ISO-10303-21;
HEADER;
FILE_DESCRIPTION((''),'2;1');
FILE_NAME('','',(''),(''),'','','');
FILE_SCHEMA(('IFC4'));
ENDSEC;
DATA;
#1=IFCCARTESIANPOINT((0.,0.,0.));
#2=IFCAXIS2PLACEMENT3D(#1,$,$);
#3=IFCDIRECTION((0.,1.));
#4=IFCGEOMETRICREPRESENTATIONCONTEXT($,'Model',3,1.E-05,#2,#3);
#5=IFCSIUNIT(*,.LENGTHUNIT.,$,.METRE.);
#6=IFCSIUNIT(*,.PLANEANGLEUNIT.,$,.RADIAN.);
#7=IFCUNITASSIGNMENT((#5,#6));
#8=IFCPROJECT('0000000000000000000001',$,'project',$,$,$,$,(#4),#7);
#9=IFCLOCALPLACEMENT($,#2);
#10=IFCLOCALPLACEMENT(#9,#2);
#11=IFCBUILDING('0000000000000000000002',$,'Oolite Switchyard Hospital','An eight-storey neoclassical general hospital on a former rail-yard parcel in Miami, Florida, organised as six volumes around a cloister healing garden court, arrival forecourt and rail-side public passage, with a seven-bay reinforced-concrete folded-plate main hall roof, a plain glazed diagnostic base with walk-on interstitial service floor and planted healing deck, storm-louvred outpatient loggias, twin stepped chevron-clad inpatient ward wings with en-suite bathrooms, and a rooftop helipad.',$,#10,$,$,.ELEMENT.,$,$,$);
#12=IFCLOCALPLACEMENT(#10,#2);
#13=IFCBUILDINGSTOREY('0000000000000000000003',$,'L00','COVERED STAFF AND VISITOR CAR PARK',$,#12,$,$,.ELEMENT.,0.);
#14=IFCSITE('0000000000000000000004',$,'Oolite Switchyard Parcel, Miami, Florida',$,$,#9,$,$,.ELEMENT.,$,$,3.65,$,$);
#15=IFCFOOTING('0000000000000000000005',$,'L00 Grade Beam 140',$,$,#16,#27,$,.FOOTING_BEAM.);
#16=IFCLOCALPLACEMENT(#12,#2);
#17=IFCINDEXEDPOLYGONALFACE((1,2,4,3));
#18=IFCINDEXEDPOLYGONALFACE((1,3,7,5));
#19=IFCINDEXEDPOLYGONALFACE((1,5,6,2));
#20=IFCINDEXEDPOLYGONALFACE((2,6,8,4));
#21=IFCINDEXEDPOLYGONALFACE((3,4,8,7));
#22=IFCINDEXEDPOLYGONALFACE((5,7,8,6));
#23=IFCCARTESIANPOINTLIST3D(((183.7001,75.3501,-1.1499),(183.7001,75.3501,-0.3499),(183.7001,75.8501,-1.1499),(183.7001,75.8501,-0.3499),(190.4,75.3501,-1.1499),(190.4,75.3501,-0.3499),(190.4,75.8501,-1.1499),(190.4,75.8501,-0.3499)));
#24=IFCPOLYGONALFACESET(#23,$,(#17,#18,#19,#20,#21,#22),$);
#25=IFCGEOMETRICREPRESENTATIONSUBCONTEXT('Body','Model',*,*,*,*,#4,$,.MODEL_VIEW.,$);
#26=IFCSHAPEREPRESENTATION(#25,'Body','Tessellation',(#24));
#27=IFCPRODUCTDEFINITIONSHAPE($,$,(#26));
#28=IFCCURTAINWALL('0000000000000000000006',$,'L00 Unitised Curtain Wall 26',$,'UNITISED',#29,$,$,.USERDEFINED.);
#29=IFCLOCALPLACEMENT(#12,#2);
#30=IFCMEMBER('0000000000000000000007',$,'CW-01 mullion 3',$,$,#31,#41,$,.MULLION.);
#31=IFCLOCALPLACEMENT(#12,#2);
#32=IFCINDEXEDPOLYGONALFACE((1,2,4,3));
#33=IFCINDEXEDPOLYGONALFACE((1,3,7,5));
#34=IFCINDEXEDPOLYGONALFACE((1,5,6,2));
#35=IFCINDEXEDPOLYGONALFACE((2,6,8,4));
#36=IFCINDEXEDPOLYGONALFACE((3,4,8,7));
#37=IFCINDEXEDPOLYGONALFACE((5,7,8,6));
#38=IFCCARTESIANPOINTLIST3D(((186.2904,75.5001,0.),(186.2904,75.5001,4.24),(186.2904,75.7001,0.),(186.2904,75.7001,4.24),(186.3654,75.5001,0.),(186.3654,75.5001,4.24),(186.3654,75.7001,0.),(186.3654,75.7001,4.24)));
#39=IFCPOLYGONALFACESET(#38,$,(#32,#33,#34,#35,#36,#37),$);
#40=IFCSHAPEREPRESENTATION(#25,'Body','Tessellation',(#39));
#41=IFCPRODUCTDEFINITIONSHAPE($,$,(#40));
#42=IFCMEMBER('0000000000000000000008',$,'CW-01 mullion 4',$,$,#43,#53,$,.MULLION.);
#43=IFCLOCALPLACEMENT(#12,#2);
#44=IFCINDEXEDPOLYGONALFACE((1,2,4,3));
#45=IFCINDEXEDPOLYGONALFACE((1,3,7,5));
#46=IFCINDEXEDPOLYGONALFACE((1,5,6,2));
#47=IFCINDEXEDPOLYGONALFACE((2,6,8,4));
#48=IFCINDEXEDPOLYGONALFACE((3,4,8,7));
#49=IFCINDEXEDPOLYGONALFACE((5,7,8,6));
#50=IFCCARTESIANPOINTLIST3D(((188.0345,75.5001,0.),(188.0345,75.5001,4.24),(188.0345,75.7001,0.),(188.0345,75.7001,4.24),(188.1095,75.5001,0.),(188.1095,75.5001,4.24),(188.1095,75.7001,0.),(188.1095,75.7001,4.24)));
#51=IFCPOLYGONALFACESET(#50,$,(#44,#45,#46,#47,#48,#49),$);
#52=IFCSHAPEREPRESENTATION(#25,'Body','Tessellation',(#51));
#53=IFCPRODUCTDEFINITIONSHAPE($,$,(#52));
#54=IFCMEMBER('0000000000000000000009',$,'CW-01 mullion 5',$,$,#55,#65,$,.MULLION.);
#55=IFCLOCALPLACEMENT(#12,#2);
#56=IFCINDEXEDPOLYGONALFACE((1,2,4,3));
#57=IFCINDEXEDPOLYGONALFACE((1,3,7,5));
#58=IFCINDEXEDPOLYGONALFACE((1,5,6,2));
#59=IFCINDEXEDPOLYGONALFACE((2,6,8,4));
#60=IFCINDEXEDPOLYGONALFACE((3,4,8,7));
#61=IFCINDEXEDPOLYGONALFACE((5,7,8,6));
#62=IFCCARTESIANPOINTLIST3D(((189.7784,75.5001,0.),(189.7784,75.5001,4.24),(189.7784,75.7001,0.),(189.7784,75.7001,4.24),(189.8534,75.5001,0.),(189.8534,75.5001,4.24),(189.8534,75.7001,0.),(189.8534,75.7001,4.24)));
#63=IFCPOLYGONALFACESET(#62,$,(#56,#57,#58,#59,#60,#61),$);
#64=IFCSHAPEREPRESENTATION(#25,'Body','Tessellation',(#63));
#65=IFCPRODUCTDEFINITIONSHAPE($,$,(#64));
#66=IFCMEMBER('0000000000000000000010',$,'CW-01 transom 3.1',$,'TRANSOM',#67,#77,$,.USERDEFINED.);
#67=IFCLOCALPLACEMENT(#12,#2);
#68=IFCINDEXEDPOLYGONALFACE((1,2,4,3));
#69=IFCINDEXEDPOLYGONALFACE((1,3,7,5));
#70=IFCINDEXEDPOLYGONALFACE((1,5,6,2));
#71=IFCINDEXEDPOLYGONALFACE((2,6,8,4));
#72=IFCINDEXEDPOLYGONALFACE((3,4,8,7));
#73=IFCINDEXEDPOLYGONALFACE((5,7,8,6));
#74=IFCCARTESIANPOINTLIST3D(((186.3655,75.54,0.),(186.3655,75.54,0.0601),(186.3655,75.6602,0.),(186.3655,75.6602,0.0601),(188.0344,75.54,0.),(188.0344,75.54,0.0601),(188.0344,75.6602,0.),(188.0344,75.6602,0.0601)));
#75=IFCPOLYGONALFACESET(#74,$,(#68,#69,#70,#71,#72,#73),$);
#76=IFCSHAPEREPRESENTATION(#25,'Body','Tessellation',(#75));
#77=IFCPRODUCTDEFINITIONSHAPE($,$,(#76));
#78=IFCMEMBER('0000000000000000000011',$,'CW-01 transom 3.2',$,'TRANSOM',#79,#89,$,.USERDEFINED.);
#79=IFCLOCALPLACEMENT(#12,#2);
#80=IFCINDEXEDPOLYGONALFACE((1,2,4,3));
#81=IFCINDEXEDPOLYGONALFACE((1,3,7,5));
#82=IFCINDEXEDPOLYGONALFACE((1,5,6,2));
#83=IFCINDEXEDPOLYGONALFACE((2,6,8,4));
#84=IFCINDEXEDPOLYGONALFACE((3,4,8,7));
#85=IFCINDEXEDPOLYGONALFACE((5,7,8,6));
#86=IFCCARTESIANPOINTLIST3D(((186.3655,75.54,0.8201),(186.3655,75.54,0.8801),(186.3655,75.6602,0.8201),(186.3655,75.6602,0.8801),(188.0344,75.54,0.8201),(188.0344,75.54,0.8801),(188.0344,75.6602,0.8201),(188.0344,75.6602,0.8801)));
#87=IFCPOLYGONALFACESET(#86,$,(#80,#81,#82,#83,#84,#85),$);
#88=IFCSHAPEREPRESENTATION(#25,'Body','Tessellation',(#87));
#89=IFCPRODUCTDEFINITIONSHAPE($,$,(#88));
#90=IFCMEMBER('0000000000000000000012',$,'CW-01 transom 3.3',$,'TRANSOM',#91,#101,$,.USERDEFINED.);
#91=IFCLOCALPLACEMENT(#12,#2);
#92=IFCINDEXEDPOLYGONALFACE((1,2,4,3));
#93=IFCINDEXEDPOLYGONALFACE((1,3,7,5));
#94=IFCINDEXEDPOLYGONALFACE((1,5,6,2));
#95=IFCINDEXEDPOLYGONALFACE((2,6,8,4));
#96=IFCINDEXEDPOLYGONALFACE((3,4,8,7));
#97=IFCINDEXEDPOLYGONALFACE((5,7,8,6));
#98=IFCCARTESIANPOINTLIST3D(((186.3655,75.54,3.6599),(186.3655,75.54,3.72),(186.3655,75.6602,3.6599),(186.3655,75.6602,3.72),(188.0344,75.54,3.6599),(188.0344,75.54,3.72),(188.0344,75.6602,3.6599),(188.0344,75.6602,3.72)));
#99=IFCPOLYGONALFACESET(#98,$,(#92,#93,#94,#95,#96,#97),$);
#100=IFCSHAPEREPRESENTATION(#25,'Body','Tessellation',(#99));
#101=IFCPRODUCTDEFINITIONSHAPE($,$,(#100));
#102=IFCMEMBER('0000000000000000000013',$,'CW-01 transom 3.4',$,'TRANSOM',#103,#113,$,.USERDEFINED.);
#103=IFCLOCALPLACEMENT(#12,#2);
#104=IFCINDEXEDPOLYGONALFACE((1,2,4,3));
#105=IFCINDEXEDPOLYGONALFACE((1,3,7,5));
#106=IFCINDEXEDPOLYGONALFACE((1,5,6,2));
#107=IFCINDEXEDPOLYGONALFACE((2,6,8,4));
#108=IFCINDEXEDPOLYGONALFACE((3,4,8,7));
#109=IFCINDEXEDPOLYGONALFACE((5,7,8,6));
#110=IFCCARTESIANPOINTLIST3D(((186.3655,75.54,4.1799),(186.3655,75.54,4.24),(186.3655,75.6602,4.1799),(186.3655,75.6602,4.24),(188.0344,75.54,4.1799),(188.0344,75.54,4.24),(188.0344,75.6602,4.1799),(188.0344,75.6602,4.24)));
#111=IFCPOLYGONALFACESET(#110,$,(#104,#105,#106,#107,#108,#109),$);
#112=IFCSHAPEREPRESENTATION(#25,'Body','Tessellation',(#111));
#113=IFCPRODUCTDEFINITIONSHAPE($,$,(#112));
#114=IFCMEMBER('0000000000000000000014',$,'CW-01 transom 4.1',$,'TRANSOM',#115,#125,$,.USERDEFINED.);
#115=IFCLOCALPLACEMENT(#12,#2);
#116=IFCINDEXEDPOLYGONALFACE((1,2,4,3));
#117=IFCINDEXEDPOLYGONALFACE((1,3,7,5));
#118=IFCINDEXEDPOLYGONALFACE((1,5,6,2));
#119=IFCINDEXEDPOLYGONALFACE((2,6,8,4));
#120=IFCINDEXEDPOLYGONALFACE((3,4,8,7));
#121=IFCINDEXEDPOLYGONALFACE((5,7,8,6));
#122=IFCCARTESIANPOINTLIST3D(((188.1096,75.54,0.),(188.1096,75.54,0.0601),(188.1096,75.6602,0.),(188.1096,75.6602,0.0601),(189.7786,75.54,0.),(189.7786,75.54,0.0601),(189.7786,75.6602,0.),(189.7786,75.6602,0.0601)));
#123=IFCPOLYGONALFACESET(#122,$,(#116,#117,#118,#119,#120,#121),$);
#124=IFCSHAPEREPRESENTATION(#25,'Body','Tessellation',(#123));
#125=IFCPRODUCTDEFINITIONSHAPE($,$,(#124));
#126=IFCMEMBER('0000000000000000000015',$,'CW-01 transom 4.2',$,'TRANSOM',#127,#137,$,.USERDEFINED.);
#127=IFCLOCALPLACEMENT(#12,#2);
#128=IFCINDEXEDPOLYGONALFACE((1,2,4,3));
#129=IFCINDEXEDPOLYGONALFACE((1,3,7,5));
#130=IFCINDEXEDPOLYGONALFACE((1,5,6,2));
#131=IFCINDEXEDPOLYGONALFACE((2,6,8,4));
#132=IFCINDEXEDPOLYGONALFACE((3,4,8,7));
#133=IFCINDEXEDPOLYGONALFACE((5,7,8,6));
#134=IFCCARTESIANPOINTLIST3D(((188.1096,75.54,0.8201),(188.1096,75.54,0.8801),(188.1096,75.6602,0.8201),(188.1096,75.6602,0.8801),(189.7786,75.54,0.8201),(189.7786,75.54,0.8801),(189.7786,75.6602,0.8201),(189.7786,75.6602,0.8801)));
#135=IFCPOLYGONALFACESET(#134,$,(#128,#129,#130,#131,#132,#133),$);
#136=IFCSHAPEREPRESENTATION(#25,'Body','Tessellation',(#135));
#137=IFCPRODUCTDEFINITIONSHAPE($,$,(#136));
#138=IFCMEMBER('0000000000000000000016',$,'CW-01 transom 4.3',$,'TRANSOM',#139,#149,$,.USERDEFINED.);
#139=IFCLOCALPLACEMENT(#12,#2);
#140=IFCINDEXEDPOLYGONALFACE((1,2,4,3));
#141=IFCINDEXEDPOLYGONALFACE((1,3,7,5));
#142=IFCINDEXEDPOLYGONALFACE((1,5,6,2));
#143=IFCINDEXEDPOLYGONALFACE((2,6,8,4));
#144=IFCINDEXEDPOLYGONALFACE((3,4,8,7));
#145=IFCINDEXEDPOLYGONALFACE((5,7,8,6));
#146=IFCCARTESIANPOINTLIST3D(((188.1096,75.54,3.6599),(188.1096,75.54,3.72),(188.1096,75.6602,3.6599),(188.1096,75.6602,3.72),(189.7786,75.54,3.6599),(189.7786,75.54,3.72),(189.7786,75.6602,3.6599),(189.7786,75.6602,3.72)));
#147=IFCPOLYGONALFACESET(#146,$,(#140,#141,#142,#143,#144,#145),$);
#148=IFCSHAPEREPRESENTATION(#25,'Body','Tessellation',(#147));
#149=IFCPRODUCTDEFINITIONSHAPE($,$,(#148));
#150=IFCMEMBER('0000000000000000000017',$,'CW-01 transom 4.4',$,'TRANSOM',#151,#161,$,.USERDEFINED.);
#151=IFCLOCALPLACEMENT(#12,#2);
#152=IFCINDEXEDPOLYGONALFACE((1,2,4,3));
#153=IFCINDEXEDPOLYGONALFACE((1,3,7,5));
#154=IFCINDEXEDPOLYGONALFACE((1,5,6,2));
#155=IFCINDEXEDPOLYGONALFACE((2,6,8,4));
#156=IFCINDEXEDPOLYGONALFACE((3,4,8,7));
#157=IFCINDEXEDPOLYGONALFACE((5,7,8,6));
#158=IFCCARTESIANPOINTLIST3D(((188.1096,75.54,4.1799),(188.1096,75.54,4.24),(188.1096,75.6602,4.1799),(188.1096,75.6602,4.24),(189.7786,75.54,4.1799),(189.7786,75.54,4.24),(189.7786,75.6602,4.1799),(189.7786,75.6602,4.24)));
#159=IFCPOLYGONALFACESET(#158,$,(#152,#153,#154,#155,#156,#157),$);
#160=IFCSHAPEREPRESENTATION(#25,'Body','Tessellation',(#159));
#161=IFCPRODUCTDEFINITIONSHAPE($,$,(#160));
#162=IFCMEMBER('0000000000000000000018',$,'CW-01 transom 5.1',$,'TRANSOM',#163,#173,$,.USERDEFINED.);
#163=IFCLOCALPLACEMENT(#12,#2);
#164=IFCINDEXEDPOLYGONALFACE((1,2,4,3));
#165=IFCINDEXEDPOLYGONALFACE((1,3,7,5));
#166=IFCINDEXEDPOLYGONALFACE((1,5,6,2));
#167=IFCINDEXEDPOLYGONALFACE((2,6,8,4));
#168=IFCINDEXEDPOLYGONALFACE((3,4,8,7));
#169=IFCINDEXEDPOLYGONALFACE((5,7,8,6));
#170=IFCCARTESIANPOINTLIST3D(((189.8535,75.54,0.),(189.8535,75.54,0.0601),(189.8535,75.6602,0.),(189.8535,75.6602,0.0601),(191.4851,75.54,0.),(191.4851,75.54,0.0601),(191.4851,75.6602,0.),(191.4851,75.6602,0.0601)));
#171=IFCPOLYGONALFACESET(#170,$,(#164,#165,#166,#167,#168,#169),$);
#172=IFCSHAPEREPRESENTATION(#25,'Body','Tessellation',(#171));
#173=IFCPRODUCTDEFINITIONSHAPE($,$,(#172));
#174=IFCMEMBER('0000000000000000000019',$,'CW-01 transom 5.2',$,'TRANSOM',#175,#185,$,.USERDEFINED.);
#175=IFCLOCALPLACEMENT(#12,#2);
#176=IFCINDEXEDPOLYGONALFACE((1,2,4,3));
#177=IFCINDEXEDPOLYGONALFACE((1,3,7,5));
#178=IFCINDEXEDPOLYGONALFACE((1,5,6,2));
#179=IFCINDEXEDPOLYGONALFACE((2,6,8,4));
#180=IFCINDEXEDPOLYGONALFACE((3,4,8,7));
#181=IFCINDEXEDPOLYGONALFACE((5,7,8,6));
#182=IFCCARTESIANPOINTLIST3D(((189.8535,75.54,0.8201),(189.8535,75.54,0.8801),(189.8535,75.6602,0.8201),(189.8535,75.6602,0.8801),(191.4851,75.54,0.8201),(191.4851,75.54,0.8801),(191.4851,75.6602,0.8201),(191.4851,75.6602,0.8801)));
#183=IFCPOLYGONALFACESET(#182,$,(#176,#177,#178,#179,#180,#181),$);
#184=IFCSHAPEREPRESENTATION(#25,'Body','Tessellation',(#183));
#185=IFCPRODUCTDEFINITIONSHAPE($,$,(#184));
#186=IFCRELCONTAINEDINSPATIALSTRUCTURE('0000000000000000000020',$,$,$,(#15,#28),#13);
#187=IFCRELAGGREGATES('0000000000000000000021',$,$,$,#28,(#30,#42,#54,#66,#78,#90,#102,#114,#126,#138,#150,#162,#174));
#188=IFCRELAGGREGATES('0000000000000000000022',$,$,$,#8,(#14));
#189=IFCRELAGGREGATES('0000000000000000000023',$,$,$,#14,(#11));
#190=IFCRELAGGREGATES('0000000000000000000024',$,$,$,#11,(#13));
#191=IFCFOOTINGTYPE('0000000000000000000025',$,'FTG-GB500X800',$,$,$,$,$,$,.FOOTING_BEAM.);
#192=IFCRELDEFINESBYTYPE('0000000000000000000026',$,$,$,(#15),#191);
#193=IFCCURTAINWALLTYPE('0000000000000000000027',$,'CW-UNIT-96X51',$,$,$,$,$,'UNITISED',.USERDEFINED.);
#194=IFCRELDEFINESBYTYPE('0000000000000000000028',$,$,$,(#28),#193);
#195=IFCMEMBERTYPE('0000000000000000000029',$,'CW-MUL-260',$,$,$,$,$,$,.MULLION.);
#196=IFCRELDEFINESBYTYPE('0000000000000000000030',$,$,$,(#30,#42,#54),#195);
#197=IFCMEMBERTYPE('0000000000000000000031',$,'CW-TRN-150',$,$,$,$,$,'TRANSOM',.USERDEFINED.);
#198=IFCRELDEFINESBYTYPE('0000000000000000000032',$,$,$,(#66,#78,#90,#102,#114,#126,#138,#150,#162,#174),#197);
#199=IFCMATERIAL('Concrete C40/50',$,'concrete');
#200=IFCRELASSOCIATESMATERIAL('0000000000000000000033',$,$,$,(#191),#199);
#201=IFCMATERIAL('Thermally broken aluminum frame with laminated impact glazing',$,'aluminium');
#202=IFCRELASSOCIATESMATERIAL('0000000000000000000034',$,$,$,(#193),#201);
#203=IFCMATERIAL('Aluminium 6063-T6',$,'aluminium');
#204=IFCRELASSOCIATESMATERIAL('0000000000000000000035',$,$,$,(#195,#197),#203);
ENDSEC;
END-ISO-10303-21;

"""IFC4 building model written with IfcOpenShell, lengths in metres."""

from ifc_helpers import new_model, si_unit, direction, frame, origin, origin_2d, place, context, subcontext, project, spatial, rectangle, extrude, material, material_profile, profile_set, type_object, element, aggregate, save


model = new_model("IFC4")

# Units and contexts
model_context = context("Model", 3, precision=1e-05, world=origin(), true_north=direction((0.0, 1.0)))
body_context = subcontext(model_context, "Body", "Model", "MODEL_VIEW")
ifc_project = project(units=[si_unit("LENGTHUNIT", "METRE"), si_unit("PLANEANGLEUNIT", "RADIAN")], contexts=[model_context])

# Site, building, storey
site_placement = place(None, origin())
site = spatial("IfcSite", under=ifc_project, at=site_placement, Name="Oolite Switchyard Parcel, Miami, Florida", CompositionType="ELEMENT", RefElevation=3.65)
building_placement = place(site_placement, origin())
building = spatial("IfcBuilding", under=site, at=building_placement, Name="Oolite Switchyard Hospital", Description="An eight-storey neoclassical general hospital on a former rail-yard parcel in Miami, Florida, organised as six volumes around a cloister healing garden court, arrival forecourt and rail-side public passage, with a seven-bay reinforced-concrete folded-plate main hall roof, a plain glazed diagnostic base with walk-on interstitial service floor and planted healing deck, storm-louvred outpatient loggias, twin stepped chevron-clad inpatient ward wings with en-suite bathrooms, and a rooftop helipad.", CompositionType="ELEMENT")
storey_placement = place(building_placement, origin())
storey = spatial("IfcBuildingStorey", under=building, at=storey_placement, Name="L00", Description="COVERED STAFF AND VISITOR CAR PARK", CompositionType="ELEMENT", Elevation=0.0)

# Footing
ifc_material_1 = material(Name="Concrete C40/50", Category="concrete")
footing_type = type_object("IfcFootingType", Name="FTG-GB500X800", PredefinedType="FOOTING_BEAM", material=ifc_material_1)
footing_placement = place(storey_placement, frame((187.05, 75.6001, -1.1499), z_axis=(0.0, 0.0, 1.0), x_axis=(1.0, 0.0, 0.0)))
element("IfcFooting", 1, at=footing_placement, inside=storey, type_object=footing_type, Name="L00 Grade Beam 140", PredefinedType="FOOTING_BEAM", context=body_context, shape_type="SweptSolid", body=[
    extrude(rectangle(XDim=6.7, YDim=0.5, at=origin_2d()), origin(), (0.0, 0.0, 1.0), 0.8),
])

# Curtain wall, members
ifc_material_2 = material(Name="Thermally broken aluminum frame with laminated impact glazing", Category="aluminium")
curtain_wall_type = type_object("IfcCurtainWallType", Name="CW-UNIT-96X51", ElementType="UNITISED", PredefinedType="USERDEFINED", material=ifc_material_2)
curtain_wall_placement = place(storey_placement, origin())
curtain_wall = element("IfcCurtainWall", 2, at=curtain_wall_placement, inside=storey, type_object=curtain_wall_type, Name="L00 Unitised Curtain Wall 26", ObjectType="UNITISED", PredefinedType="USERDEFINED")
ifc_material_3 = material(Name="Aluminium 6063-T6", Category="aluminium")
ifc_material_profile_1 = material_profile(ifc_material_3, rectangle(XDim=0.2, YDim=0.075, at=origin_2d()), Name="CWM75X200")
ifc_profile_set_1 = profile_set([ifc_material_profile_1], Name="Aluminium 6063-T6")
member_type_1 = type_object("IfcMemberType", Name="CW-MUL-260", PredefinedType="MULLION", material=ifc_profile_set_1)
member_1_placement = place(storey_placement, frame((186.3279, 75.6001, 0.0), z_axis=(0.0, 0.0, 1.0), x_axis=(0.0, 1.0, 0.0)))
member_1 = element("IfcMember", 3, at=member_1_placement, type_object=member_type_1, Name="CW-01 mullion 3", PredefinedType="MULLION", context=body_context, shape_type="SweptSolid", body=[
    extrude(rectangle(XDim=0.2, YDim=0.075, at=origin_2d()), origin(), (0.0, 0.0, 1.0), 4.24),
])
member_2_placement = place(storey_placement, frame((188.072, 75.6001, 0.0), z_axis=(0.0, 0.0, 1.0), x_axis=(0.0, 1.0, 0.0)))
member_2 = element("IfcMember", 4, at=member_2_placement, type_object=member_type_1, Name="CW-01 mullion 4", PredefinedType="MULLION", context=body_context, shape_type="SweptSolid", body=[
    extrude(rectangle(XDim=0.2, YDim=0.075, at=origin_2d()), origin(), (0.0, 0.0, 1.0), 4.24),
])
member_3_placement = place(storey_placement, frame((189.8159, 75.6001, 0.0), z_axis=(0.0, 0.0, 1.0), x_axis=(0.0, 1.0, 0.0)))
member_3 = element("IfcMember", 5, at=member_3_placement, type_object=member_type_1, Name="CW-01 mullion 5", PredefinedType="MULLION", context=body_context, shape_type="SweptSolid", body=[
    extrude(rectangle(XDim=0.2, YDim=0.075, at=origin_2d()), origin(), (0.0, 0.0, 1.0), 4.24),
])
ifc_material_profile_2 = material_profile(ifc_material_3, rectangle(XDim=0.1201, YDim=0.0601, at=origin_2d()), Name="CWT60X120")
ifc_profile_set_2 = profile_set([ifc_material_profile_2], Name="Aluminium 6063-T6")
member_type_2 = type_object("IfcMemberType", Name="CW-TRN-150", ElementType="TRANSOM", PredefinedType="USERDEFINED", material=ifc_profile_set_2)
member_4_placement = place(storey_placement, frame((186.3655, 75.6001, 0.03), z_axis=(1.0, 0.0, 0.0), x_axis=(0.0, 1.0, 0.0)))
member_4 = element("IfcMember", 6, at=member_4_placement, type_object=member_type_2, Name="CW-01 transom 3.1", ObjectType="TRANSOM", PredefinedType="USERDEFINED", context=body_context, shape_type="SweptSolid", body=[
    extrude(rectangle(XDim=0.1201, YDim=0.0601, at=origin_2d()), origin(), (0.0, 0.0, 1.0), 1.6689),
])
member_5_placement = place(storey_placement, frame((186.3655, 75.6001, 0.8501), z_axis=(1.0, 0.0, 0.0), x_axis=(0.0, 1.0, 0.0)))
member_5 = element("IfcMember", 7, at=member_5_placement, type_object=member_type_2, Name="CW-01 transom 3.2", ObjectType="TRANSOM", PredefinedType="USERDEFINED", context=body_context, shape_type="SweptSolid", body=[
    extrude(rectangle(XDim=0.1201, YDim=0.0601, at=origin_2d()), origin(), (0.0, 0.0, 1.0), 1.6689),
])
member_6_placement = place(storey_placement, frame((186.3655, 75.6001, 3.6899), z_axis=(1.0, 0.0, 0.0), x_axis=(0.0, 1.0, 0.0)))
member_6 = element("IfcMember", 8, at=member_6_placement, type_object=member_type_2, Name="CW-01 transom 3.3", ObjectType="TRANSOM", PredefinedType="USERDEFINED", context=body_context, shape_type="SweptSolid", body=[
    extrude(rectangle(XDim=0.1201, YDim=0.0601, at=origin_2d()), origin(), (0.0, 0.0, 1.0), 1.6689),
])
member_7_placement = place(storey_placement, frame((186.3655, 75.6001, 4.21), z_axis=(1.0, 0.0, 0.0), x_axis=(0.0, 1.0, 0.0)))
member_7 = element("IfcMember", 9, at=member_7_placement, type_object=member_type_2, Name="CW-01 transom 3.4", ObjectType="TRANSOM", PredefinedType="USERDEFINED", context=body_context, shape_type="SweptSolid", body=[
    extrude(rectangle(XDim=0.1201, YDim=0.0601, at=origin_2d()), origin(), (0.0, 0.0, 1.0), 1.6689),
])
member_8_placement = place(storey_placement, frame((188.1096, 75.6001, 0.03), z_axis=(1.0, 0.0, 0.0), x_axis=(0.0, 1.0, 0.0)))
member_8 = element("IfcMember", 10, at=member_8_placement, type_object=member_type_2, Name="CW-01 transom 4.1", ObjectType="TRANSOM", PredefinedType="USERDEFINED", context=body_context, shape_type="SweptSolid", body=[
    extrude(rectangle(XDim=0.1201, YDim=0.0601, at=origin_2d()), origin(), (0.0, 0.0, 1.0), 1.6689),
])
member_9_placement = place(storey_placement, frame((188.1096, 75.6001, 0.8501), z_axis=(1.0, 0.0, 0.0), x_axis=(0.0, 1.0, 0.0)))
member_9 = element("IfcMember", 11, at=member_9_placement, type_object=member_type_2, Name="CW-01 transom 4.2", ObjectType="TRANSOM", PredefinedType="USERDEFINED", context=body_context, shape_type="SweptSolid", body=[
    extrude(rectangle(XDim=0.1201, YDim=0.0601, at=origin_2d()), origin(), (0.0, 0.0, 1.0), 1.6689),
])
member_10_placement = place(storey_placement, frame((188.1096, 75.6001, 3.6899), z_axis=(1.0, 0.0, 0.0), x_axis=(0.0, 1.0, 0.0)))
member_10 = element("IfcMember", 12, at=member_10_placement, type_object=member_type_2, Name="CW-01 transom 4.3", ObjectType="TRANSOM", PredefinedType="USERDEFINED", context=body_context, shape_type="SweptSolid", body=[
    extrude(rectangle(XDim=0.1201, YDim=0.0601, at=origin_2d()), origin(), (0.0, 0.0, 1.0), 1.6689),
])
member_11_placement = place(storey_placement, frame((188.1096, 75.6001, 4.21), z_axis=(1.0, 0.0, 0.0), x_axis=(0.0, 1.0, 0.0)))
member_11 = element("IfcMember", 13, at=member_11_placement, type_object=member_type_2, Name="CW-01 transom 4.4", ObjectType="TRANSOM", PredefinedType="USERDEFINED", context=body_context, shape_type="SweptSolid", body=[
    extrude(rectangle(XDim=0.1201, YDim=0.0601, at=origin_2d()), origin(), (0.0, 0.0, 1.0), 1.6689),
])
member_12_placement = place(storey_placement, frame((189.8535, 75.6001, 0.03), z_axis=(1.0, 0.0, 0.0), x_axis=(0.0, 1.0, 0.0)))
member_12 = element("IfcMember", 14, at=member_12_placement, type_object=member_type_2, Name="CW-01 transom 5.1", ObjectType="TRANSOM", PredefinedType="USERDEFINED", context=body_context, shape_type="SweptSolid", body=[
    extrude(rectangle(XDim=0.1201, YDim=0.0601, at=origin_2d()), origin(), (0.0, 0.0, 1.0), 1.6316),
])
member_13_placement = place(storey_placement, frame((189.8535, 75.6001, 0.8501), z_axis=(1.0, 0.0, 0.0), x_axis=(0.0, 1.0, 0.0)))
member_13 = element("IfcMember", 15, at=member_13_placement, type_object=member_type_2, Name="CW-01 transom 5.2", ObjectType="TRANSOM", PredefinedType="USERDEFINED", context=body_context, shape_type="SweptSolid", body=[
    extrude(rectangle(XDim=0.1201, YDim=0.0601, at=origin_2d()), origin(), (0.0, 0.0, 1.0), 1.6316),
])
aggregate(curtain_wall, [member_1, member_2, member_3, member_4, member_5, member_6, member_7, member_8, member_9, member_10, member_11, member_12, member_13])

save(model, "model.ifc")
